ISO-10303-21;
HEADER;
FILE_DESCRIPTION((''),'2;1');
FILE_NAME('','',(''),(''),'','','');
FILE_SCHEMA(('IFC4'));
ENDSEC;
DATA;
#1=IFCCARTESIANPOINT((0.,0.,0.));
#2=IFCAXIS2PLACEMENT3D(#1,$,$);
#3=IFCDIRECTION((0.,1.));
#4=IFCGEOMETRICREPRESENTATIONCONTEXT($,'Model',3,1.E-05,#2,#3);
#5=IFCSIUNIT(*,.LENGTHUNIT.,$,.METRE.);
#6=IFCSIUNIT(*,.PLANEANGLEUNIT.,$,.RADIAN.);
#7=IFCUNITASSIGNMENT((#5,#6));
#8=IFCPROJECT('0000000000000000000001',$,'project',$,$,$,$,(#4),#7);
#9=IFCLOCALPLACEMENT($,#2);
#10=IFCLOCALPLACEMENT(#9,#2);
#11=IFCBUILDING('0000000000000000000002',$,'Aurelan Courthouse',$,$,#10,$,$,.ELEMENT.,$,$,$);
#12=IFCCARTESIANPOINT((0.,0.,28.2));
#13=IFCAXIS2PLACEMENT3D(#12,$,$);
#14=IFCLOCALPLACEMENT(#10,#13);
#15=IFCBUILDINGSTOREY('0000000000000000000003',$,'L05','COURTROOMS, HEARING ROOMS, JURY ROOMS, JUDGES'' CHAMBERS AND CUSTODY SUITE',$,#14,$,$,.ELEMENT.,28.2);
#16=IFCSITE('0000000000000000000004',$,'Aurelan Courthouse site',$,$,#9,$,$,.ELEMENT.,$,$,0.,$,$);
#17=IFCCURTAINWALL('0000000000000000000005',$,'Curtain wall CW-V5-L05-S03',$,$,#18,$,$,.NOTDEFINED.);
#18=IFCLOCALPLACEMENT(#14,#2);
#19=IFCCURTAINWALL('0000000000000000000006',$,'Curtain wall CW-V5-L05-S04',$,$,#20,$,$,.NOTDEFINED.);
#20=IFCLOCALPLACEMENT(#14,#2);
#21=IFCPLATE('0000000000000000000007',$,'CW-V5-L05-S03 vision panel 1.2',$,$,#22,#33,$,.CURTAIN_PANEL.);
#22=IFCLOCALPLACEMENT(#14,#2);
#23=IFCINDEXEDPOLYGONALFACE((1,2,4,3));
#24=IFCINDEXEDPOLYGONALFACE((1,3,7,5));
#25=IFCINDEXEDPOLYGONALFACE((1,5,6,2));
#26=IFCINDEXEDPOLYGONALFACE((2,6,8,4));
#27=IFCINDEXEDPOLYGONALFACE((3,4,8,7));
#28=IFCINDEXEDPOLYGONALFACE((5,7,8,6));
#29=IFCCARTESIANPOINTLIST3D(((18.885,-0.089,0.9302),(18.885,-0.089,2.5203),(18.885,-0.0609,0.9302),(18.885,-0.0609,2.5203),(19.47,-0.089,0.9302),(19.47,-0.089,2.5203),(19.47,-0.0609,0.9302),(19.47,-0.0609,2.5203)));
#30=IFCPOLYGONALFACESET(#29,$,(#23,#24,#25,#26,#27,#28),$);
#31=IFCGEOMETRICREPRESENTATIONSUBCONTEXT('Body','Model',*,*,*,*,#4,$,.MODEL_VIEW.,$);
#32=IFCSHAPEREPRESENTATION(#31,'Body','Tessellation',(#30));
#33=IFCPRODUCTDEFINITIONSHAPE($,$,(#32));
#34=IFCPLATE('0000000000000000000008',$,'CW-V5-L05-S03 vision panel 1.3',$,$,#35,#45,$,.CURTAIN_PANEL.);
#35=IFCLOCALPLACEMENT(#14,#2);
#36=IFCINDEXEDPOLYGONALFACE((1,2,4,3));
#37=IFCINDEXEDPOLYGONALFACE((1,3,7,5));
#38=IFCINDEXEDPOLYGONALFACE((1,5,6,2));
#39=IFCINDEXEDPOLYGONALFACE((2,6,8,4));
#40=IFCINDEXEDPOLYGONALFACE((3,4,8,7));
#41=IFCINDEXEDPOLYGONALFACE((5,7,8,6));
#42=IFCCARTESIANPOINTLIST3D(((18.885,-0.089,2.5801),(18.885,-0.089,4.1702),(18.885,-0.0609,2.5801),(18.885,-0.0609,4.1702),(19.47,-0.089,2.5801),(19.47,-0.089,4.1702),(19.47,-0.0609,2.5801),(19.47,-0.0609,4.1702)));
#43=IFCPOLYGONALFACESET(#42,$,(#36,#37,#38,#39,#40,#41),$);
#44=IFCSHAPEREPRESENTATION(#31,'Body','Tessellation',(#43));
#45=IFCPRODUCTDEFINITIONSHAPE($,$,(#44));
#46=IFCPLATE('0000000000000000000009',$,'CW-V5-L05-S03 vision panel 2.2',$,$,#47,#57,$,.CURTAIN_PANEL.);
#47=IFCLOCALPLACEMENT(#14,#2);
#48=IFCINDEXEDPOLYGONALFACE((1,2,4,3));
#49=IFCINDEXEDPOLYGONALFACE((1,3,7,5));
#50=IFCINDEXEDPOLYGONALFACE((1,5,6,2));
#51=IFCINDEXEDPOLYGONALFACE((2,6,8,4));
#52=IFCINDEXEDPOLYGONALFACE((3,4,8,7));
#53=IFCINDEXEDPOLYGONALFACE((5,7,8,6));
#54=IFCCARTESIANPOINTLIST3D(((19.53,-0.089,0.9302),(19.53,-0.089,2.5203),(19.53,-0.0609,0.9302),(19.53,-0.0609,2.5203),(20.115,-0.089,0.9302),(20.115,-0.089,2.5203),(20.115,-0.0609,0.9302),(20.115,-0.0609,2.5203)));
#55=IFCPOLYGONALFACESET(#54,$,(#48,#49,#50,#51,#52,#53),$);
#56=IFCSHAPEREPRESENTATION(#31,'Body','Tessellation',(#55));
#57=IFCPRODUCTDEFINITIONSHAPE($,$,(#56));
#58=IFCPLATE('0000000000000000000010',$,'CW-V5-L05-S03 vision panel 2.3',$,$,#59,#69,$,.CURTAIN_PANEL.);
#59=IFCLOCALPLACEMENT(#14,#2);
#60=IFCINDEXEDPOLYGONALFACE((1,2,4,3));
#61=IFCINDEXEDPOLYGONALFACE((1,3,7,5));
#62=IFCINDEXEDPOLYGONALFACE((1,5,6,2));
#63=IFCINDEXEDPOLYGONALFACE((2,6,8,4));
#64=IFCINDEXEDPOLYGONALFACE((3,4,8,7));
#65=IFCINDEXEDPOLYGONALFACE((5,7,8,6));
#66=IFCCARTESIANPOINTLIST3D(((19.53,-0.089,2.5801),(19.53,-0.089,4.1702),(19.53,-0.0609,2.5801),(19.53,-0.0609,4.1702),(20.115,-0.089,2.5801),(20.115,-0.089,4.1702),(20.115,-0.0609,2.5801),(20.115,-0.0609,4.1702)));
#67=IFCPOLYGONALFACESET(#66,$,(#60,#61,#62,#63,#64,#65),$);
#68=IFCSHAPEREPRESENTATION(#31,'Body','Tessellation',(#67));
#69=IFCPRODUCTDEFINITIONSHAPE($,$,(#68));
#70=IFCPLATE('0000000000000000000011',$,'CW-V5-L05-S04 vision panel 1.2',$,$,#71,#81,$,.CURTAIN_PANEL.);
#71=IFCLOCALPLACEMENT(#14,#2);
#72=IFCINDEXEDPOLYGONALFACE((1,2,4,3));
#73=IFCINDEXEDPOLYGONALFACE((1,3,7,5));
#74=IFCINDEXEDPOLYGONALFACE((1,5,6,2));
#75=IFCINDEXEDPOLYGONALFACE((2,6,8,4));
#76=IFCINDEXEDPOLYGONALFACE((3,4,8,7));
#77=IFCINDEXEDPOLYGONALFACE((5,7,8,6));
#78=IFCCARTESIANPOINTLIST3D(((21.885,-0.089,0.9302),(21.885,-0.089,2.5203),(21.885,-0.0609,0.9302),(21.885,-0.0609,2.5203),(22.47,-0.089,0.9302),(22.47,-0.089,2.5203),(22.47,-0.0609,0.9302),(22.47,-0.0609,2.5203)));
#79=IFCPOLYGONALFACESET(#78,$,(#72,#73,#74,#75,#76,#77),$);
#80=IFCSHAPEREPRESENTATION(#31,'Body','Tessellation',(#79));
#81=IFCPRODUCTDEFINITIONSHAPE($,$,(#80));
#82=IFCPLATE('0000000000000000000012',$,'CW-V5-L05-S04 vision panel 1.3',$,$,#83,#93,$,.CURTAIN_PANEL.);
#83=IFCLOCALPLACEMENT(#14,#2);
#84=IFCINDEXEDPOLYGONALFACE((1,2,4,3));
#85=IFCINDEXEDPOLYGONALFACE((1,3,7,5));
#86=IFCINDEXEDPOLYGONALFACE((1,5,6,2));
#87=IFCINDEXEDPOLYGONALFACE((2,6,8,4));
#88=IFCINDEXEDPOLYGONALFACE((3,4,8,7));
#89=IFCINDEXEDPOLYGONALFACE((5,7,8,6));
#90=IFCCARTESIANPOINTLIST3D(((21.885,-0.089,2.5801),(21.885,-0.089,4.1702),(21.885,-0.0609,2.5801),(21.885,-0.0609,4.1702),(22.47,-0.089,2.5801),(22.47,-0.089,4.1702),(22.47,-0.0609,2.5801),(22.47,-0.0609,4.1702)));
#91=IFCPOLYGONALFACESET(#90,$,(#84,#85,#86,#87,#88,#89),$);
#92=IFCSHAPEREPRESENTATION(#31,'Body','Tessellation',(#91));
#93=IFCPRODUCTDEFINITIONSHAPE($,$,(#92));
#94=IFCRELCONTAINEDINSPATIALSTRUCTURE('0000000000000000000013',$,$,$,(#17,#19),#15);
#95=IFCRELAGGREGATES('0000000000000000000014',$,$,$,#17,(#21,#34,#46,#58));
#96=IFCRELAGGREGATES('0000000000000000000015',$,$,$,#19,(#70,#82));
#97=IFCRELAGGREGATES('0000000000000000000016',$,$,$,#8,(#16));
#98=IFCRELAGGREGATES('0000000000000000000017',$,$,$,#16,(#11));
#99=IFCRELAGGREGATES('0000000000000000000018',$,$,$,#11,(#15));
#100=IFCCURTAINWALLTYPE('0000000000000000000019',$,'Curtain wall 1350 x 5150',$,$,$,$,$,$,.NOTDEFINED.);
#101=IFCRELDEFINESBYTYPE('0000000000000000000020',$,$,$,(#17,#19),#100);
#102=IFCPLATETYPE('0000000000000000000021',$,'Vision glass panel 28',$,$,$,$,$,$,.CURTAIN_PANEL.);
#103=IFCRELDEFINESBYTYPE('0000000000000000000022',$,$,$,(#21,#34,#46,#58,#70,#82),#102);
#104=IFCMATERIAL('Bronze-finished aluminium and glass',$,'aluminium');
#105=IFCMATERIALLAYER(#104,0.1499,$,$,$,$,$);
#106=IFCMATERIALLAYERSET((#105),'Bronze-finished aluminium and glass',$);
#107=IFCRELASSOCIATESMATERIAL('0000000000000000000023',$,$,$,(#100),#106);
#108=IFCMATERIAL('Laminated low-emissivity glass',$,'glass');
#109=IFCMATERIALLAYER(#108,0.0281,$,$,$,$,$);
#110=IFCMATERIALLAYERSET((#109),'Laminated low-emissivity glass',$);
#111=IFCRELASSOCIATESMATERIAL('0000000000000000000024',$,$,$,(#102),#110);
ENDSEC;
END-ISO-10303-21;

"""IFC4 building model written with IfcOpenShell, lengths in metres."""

from ifc_helpers import new_model, si_unit, direction, frame, origin, origin_2d, place, context, subcontext, project, spatial, rectangle, extrude, material, layer, layer_set, type_object, element, aggregate, save


model = new_model("IFC4")

# Units and contexts
model_context = context("Model", 3, precision=1e-05, world=origin(), true_north=direction((0.0, 1.0)))
body_context = subcontext(model_context, "Body", "Model", "MODEL_VIEW")
ifc_project = project(units=[si_unit("LENGTHUNIT", "METRE"), si_unit("PLANEANGLEUNIT", "RADIAN")], contexts=[model_context])

# Site, building, storey
site_placement = place(None, origin())
site = spatial("IfcSite", under=ifc_project, at=site_placement, Name="Aurelan Courthouse site", CompositionType="ELEMENT", RefElevation=0.0)
building_placement = place(site_placement, origin())
building = spatial("IfcBuilding", under=site, at=building_placement, Name="Aurelan Courthouse", CompositionType="ELEMENT")
storey_placement = place(building_placement, frame((0.0, 0.0, 28.2)))
storey = spatial("IfcBuildingStorey", under=building, at=storey_placement, Name="L05", Description="COURTROOMS, HEARING ROOMS, JURY ROOMS, JUDGES' CHAMBERS AND CUSTODY SUITE", CompositionType="ELEMENT", Elevation=28.2)

# Curtain walls
ifc_material_1 = material(Name="Bronze-finished aluminium and glass", Category="aluminium")
ifc_layer_1 = layer(ifc_material_1, 0.1499)
ifc_layer_set_1 = layer_set([ifc_layer_1], Name="Bronze-finished aluminium and glass")
curtain_wall_type = type_object("IfcCurtainWallType", Name="Curtain wall 1350 x 5150", PredefinedType="NOTDEFINED", material=ifc_layer_set_1)
curtain_wall_1_placement = place(storey_placement, origin())
curtain_wall_1 = element("IfcCurtainWall", 1, at=curtain_wall_1_placement, inside=storey, type_object=curtain_wall_type, Name="Curtain wall CW-V5-L05-S03", PredefinedType="NOTDEFINED")
curtain_wall_2_placement = place(storey_placement, origin())
curtain_wall_2 = element("IfcCurtainWall", 2, at=curtain_wall_2_placement, inside=storey, type_object=curtain_wall_type, Name="Curtain wall CW-V5-L05-S04", PredefinedType="NOTDEFINED")

# Plates
ifc_material_2 = material(Name="Laminated low-emissivity glass", Category="glass")
ifc_layer_2 = layer(ifc_material_2, 0.0281)
ifc_layer_set_2 = layer_set([ifc_layer_2], Name="Laminated low-emissivity glass")
plate_type_1 = type_object("IfcPlateType", Name="Vision glass panel 28", PredefinedType="CURTAIN_PANEL", material=ifc_layer_set_2)
plate_1_placement = place(storey_placement, frame((19.1775, -0.075, 0.9302), z_axis=(0.0, 0.0, 1.0), x_axis=(1.0, 0.0, 0.0)))
plate_1 = element("IfcPlate", 3, at=plate_1_placement, type_object=plate_type_1, Name="CW-V5-L05-S03 vision panel 1.2", PredefinedType="CURTAIN_PANEL", context=body_context, shape_type="SweptSolid", body=[
    extrude(rectangle(XDim=0.585, YDim=0.0281, at=origin_2d()), origin(), (0.0, 0.0, 1.0), 1.5901),
])
plate_2_placement = place(storey_placement, frame((19.1775, -0.075, 2.5801), z_axis=(0.0, 0.0, 1.0), x_axis=(1.0, 0.0, 0.0)))
plate_2 = element("IfcPlate", 4, at=plate_2_placement, type_object=plate_type_1, Name="CW-V5-L05-S03 vision panel 1.3", PredefinedType="CURTAIN_PANEL", context=body_context, shape_type="SweptSolid", body=[
    extrude(rectangle(XDim=0.585, YDim=0.0281, at=origin_2d()), origin(), (0.0, 0.0, 1.0), 1.5901),
])
plate_3_placement = place(storey_placement, frame((19.8225, -0.075, 0.9302), z_axis=(0.0, 0.0, 1.0), x_axis=(1.0, 0.0, 0.0)))
plate_3 = element("IfcPlate", 5, at=plate_3_placement, type_object=plate_type_1, Name="CW-V5-L05-S03 vision panel 2.2", PredefinedType="CURTAIN_PANEL", context=body_context, shape_type="SweptSolid", body=[
    extrude(rectangle(XDim=0.585, YDim=0.0281, at=origin_2d()), origin(), (0.0, 0.0, 1.0), 1.5901),
])
plate_4_placement = place(storey_placement, frame((19.8225, -0.075, 2.5801), z_axis=(0.0, 0.0, 1.0), x_axis=(1.0, 0.0, 0.0)))
plate_4 = element("IfcPlate", 6, at=plate_4_placement, type_object=plate_type_1, Name="CW-V5-L05-S03 vision panel 2.3", PredefinedType="CURTAIN_PANEL", context=body_context, shape_type="SweptSolid", body=[
    extrude(rectangle(XDim=0.585, YDim=0.0281, at=origin_2d()), origin(), (0.0, 0.0, 1.0), 1.5901),
])
aggregate(curtain_wall_1, [plate_1, plate_2, plate_3, plate_4])
plate_5_placement = place(storey_placement, frame((22.1775, -0.075, 0.9302), z_axis=(0.0, 0.0, 1.0), x_axis=(1.0, 0.0, 0.0)))
plate_5 = element("IfcPlate", 7, at=plate_5_placement, type_object=plate_type_1, Name="CW-V5-L05-S04 vision panel 1.2", PredefinedType="CURTAIN_PANEL", context=body_context, shape_type="SweptSolid", body=[
    extrude(rectangle(XDim=0.585, YDim=0.0281, at=origin_2d()), origin(), (0.0, 0.0, 1.0), 1.5901),
])
plate_6_placement = place(storey_placement, frame((22.1775, -0.075, 2.5801), z_axis=(0.0, 0.0, 1.0), x_axis=(1.0, 0.0, 0.0)))
plate_6 = element("IfcPlate", 8, at=plate_6_placement, type_object=plate_type_1, Name="CW-V5-L05-S04 vision panel 1.3", PredefinedType="CURTAIN_PANEL", context=body_context, shape_type="SweptSolid", body=[
    extrude(rectangle(XDim=0.585, YDim=0.0281, at=origin_2d()), origin(), (0.0, 0.0, 1.0), 1.5901),
])
aggregate(curtain_wall_2, [plate_5, plate_6])

save(model, "model.ifc")
